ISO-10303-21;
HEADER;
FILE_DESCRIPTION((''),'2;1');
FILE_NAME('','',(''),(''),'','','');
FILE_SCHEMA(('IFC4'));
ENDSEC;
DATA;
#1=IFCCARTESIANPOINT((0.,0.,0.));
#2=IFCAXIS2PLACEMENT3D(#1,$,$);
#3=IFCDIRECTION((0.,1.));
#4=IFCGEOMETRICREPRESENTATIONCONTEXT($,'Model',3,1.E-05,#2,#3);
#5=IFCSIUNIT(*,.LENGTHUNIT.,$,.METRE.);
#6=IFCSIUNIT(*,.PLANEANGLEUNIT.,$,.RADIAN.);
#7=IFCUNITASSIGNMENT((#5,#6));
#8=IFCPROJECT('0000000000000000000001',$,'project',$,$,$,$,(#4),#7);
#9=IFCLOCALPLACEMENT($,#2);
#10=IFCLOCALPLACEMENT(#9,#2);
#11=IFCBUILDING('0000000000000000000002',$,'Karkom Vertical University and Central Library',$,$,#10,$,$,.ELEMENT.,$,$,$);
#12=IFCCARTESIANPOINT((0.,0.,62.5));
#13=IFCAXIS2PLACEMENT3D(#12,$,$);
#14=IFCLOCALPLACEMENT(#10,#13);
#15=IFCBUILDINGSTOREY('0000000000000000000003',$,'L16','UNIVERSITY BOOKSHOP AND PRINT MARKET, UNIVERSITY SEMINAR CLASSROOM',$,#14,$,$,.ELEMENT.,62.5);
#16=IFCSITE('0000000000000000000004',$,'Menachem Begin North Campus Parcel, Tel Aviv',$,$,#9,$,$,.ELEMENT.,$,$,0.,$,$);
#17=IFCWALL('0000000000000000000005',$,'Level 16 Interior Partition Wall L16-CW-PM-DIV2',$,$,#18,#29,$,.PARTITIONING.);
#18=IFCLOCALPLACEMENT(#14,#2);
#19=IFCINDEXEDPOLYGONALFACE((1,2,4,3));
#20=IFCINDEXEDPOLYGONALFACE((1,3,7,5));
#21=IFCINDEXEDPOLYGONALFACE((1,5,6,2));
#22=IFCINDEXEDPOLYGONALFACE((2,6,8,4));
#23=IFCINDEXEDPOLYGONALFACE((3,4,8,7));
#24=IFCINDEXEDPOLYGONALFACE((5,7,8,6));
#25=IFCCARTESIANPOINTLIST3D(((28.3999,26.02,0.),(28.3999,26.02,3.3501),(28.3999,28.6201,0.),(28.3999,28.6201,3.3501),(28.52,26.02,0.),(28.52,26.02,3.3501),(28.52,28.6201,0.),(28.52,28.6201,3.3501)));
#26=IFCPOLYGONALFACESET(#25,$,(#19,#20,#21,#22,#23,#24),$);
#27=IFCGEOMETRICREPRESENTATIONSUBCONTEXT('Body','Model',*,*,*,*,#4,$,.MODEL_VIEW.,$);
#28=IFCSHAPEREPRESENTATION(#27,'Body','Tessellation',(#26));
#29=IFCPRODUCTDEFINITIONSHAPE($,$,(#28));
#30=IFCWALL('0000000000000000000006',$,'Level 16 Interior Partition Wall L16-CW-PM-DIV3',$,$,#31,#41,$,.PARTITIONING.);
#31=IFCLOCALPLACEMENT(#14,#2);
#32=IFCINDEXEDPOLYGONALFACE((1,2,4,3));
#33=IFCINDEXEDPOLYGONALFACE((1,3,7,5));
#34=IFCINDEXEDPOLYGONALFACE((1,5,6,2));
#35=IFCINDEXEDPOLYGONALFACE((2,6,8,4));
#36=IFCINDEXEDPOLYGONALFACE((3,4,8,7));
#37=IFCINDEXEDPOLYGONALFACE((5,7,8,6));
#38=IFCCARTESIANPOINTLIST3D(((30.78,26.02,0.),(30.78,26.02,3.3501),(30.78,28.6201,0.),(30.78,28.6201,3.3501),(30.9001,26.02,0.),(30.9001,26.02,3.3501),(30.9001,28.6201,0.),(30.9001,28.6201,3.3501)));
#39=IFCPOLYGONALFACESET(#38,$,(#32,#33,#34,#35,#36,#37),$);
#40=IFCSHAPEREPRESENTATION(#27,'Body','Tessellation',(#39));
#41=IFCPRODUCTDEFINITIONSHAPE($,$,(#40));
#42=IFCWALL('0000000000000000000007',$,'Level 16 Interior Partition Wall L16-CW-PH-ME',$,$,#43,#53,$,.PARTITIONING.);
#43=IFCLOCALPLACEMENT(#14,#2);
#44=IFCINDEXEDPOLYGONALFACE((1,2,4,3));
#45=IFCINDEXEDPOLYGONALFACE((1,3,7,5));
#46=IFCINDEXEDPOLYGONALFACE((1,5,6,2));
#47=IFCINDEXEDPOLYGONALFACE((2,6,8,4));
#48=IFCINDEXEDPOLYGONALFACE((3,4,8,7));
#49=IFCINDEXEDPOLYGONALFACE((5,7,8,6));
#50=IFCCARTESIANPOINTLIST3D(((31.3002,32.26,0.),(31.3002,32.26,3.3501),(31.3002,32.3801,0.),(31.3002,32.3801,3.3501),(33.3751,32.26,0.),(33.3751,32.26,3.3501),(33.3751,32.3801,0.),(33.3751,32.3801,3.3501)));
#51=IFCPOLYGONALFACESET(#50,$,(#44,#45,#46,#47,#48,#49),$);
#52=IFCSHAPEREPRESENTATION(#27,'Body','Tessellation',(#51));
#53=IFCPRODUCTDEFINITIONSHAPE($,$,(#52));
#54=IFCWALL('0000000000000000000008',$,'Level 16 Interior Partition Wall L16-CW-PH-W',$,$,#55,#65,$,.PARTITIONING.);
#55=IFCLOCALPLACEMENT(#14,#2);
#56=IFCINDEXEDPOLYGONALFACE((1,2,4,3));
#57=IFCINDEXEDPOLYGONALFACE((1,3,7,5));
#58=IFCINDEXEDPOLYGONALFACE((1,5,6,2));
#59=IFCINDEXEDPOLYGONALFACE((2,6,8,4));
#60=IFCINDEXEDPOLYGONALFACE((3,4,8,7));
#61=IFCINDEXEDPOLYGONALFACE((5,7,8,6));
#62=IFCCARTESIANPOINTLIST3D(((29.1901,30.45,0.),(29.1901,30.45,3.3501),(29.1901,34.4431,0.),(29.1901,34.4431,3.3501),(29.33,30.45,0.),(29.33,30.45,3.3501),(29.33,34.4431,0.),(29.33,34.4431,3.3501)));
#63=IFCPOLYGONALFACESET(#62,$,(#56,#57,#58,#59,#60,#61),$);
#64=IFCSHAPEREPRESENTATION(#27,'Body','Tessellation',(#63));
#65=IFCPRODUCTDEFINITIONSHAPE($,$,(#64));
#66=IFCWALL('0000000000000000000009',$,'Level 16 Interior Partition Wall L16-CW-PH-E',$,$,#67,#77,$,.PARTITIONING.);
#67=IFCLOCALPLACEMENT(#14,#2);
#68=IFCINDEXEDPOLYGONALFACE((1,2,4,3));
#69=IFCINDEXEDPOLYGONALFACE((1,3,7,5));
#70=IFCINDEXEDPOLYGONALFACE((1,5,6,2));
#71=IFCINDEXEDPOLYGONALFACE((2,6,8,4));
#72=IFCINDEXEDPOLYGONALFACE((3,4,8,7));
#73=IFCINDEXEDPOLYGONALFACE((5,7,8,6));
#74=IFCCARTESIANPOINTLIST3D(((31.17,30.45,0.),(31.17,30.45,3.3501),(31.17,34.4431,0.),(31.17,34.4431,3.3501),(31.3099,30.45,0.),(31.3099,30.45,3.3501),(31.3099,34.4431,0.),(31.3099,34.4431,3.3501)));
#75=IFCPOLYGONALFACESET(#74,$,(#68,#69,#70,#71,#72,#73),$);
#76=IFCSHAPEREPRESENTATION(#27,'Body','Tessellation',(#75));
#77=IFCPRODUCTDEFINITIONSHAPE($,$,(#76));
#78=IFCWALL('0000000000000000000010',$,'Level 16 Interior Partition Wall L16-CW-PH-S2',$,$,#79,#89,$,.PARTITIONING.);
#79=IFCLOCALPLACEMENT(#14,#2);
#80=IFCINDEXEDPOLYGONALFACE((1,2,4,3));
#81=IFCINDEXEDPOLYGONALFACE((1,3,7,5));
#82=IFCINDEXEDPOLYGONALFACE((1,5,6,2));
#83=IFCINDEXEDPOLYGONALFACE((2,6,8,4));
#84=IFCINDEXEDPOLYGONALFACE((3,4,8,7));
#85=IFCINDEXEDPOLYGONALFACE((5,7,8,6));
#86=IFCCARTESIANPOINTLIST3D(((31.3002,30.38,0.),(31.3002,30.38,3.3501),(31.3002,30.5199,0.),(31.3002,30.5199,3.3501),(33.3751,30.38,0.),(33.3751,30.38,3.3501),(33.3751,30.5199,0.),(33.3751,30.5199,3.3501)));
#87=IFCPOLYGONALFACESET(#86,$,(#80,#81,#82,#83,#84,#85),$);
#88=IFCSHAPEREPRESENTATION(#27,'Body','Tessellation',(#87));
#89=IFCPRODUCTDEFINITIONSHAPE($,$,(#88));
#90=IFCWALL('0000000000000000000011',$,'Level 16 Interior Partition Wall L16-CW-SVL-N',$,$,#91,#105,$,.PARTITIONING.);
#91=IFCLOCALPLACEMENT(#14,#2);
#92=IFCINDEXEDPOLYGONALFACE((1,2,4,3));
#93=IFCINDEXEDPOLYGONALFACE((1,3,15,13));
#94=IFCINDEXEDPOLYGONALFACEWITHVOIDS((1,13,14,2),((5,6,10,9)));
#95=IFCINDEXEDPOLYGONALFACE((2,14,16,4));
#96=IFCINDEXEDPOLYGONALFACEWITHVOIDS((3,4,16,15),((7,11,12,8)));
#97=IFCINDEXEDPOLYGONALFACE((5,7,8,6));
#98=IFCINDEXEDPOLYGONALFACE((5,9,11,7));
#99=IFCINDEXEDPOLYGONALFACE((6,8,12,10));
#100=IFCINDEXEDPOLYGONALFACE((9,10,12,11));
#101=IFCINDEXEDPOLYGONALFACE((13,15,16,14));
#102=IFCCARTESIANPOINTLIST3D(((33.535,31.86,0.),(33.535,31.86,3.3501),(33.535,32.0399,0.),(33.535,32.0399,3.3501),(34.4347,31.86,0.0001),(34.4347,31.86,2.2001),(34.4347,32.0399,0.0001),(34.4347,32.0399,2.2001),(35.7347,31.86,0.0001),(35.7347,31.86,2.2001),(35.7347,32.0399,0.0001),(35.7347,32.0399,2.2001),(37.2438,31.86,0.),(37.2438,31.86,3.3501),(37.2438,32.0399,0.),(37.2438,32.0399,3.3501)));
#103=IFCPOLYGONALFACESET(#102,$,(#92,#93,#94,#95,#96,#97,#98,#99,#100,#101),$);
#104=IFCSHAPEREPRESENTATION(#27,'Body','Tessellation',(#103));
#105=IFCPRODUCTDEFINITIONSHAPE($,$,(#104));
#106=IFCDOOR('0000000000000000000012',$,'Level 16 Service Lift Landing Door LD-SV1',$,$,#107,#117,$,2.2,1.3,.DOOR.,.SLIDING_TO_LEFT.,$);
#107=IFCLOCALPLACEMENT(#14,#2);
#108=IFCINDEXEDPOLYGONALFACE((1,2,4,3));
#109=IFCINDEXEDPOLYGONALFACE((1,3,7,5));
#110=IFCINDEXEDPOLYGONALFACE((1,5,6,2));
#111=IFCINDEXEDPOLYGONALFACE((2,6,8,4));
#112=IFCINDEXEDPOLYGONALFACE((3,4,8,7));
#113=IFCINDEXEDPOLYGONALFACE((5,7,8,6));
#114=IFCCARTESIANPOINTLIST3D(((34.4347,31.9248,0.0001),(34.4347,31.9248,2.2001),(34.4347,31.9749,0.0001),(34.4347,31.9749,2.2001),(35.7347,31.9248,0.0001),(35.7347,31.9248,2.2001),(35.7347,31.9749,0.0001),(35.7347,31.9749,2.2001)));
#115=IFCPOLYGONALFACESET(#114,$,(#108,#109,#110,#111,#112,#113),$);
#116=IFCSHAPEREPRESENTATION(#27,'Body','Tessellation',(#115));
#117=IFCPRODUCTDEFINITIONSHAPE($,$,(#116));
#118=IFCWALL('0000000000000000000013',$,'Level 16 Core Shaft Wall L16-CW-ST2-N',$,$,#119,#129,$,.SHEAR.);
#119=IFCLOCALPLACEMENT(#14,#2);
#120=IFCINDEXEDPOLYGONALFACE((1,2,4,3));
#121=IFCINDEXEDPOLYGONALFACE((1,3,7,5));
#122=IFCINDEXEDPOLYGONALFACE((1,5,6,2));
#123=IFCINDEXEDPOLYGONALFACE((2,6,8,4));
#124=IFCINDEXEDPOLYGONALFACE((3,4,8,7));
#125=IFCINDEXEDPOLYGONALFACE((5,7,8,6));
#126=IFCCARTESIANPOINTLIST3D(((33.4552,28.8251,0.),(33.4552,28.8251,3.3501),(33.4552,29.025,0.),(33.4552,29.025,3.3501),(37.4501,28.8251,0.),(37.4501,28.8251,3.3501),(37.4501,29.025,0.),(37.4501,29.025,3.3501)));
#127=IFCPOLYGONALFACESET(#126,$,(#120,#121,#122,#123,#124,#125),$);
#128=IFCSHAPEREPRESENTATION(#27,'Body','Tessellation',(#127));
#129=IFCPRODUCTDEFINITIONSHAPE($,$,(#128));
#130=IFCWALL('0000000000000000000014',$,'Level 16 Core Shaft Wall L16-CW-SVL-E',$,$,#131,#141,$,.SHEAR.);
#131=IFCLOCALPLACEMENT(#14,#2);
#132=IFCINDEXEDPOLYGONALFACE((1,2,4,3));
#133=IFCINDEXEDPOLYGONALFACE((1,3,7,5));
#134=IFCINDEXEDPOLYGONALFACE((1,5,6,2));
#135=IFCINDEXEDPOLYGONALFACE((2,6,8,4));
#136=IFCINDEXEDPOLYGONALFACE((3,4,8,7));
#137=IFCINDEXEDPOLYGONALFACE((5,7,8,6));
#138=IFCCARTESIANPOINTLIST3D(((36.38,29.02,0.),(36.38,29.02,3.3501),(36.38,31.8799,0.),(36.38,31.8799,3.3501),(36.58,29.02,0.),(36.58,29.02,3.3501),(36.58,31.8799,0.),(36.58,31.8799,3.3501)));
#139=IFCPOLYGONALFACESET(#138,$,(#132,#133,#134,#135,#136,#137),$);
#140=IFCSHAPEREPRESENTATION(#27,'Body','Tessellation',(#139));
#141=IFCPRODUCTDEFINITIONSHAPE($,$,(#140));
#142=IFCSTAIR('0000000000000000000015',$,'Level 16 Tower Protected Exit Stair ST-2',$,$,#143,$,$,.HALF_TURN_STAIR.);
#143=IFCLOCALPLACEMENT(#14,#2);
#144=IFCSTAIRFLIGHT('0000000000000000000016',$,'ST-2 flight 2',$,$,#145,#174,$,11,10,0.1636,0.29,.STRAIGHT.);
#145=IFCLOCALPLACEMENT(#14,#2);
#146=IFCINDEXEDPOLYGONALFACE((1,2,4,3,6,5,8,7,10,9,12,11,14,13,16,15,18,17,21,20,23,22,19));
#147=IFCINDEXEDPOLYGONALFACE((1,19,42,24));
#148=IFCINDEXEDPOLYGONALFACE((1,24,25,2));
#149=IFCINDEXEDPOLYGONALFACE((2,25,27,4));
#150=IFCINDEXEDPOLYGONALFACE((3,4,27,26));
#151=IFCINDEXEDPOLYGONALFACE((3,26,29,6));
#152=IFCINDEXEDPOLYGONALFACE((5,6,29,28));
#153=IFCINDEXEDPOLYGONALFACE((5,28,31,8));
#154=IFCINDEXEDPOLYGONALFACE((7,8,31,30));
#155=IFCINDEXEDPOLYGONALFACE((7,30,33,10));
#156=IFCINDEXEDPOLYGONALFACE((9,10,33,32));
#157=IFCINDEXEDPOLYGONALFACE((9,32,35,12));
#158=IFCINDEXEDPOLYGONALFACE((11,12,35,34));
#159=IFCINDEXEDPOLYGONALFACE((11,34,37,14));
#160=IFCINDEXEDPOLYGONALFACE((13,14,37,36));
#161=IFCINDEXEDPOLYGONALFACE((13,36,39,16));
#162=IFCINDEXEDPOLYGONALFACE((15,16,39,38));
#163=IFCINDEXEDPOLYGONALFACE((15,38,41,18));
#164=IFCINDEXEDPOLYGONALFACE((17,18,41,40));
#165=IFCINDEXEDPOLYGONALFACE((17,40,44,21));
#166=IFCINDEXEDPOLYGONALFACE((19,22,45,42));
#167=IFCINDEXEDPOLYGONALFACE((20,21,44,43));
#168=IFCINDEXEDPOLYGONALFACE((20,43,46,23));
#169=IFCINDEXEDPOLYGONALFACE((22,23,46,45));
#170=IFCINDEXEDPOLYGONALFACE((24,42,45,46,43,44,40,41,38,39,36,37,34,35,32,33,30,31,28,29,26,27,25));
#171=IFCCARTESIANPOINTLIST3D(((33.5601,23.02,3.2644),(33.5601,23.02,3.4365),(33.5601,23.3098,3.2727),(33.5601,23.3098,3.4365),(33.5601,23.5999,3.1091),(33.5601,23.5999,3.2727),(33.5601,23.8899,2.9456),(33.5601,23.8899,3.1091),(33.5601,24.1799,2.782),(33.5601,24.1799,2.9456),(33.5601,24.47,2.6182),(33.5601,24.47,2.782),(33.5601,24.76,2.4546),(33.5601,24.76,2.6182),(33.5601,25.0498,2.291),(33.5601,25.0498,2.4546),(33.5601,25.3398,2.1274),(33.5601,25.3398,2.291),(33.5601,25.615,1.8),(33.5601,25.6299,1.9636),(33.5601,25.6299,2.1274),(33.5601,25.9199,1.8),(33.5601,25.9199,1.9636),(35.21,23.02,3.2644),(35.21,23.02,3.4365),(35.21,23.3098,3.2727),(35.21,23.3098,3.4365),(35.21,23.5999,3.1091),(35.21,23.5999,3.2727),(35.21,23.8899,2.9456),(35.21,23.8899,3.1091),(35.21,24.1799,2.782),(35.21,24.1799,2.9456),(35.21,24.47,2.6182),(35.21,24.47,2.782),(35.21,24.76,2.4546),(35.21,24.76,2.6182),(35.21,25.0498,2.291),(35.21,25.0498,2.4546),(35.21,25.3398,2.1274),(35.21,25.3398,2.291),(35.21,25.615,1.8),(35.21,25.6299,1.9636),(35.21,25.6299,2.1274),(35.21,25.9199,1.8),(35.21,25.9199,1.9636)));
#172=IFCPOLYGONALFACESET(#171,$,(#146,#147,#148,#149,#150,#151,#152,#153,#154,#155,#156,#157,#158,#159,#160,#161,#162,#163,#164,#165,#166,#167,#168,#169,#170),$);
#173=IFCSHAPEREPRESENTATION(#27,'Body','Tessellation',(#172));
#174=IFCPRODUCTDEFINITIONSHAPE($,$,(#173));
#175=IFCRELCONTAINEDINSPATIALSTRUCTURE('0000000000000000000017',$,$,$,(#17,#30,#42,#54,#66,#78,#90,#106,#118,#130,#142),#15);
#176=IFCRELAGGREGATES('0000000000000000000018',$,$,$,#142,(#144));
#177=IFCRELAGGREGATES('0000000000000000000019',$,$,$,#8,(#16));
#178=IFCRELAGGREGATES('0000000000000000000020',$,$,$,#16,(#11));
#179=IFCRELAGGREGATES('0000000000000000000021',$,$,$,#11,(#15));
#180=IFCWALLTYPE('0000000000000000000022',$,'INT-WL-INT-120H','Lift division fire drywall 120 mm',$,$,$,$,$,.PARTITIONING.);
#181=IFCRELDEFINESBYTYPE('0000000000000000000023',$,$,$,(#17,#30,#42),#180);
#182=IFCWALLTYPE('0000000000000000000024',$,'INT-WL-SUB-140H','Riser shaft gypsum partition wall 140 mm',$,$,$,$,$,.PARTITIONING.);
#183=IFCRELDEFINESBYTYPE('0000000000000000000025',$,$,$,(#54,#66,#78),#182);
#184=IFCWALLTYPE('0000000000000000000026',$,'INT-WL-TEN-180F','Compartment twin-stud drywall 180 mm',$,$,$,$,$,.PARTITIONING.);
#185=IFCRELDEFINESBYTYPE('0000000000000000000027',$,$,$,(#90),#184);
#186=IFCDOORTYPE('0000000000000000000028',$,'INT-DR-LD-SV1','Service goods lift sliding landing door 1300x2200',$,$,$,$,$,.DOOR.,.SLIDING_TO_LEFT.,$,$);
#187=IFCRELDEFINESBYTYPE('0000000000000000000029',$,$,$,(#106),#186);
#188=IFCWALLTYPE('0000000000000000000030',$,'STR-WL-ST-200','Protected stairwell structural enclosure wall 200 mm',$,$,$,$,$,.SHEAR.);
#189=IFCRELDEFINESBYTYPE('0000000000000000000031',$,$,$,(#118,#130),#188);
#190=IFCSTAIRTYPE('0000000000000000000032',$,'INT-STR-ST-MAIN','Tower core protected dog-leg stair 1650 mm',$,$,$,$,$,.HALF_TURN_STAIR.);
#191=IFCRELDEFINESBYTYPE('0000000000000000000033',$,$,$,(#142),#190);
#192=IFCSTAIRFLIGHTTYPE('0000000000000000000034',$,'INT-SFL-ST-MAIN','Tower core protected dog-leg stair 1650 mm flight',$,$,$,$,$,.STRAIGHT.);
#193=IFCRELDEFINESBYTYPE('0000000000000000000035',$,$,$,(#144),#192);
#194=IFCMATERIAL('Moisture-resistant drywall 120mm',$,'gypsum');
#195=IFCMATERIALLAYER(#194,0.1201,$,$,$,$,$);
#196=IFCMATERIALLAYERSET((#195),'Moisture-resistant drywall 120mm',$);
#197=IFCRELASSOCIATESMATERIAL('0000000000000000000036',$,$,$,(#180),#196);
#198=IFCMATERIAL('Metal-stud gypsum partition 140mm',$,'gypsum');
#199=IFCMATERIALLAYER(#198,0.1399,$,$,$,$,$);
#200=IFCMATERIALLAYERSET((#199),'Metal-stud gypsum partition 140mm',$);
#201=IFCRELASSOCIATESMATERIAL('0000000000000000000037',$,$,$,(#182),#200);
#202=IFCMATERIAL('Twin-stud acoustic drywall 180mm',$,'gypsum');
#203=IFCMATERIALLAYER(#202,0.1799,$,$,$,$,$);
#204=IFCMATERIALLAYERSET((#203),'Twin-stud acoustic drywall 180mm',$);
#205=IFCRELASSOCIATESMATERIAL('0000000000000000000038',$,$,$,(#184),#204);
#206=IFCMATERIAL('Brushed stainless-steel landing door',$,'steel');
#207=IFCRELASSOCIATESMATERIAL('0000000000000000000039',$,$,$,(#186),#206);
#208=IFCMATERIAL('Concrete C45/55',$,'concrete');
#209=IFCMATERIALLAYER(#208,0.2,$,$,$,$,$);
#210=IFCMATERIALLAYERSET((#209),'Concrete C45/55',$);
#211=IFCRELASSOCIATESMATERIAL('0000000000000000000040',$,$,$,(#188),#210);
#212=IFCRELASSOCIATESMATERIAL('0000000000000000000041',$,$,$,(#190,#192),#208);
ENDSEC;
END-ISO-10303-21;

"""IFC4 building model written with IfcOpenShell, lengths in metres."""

from ifc_helpers import new_model, si_unit, direction, frame, frame_2d, origin, origin_with_axes, place, context, subcontext, project, spatial, polyline, rectangle, outline, extrude, source, transform, mapped, material, layer, layer_set, type_object, element, fill, aggregate, save


model = new_model("IFC4")

# Units and contexts
model_context = context("Model", 3, precision=1e-05, world=origin(), true_north=direction((0.0, 1.0)))
body_context = subcontext(model_context, "Body", "Model", "MODEL_VIEW")
ifc_project = project(units=[si_unit("LENGTHUNIT", "METRE"), si_unit("PLANEANGLEUNIT", "RADIAN")], contexts=[model_context])

# Site, building, storey
site_placement = place(None, origin())
site = spatial("IfcSite", under=ifc_project, at=site_placement, Name="Menachem Begin North Campus Parcel, Tel Aviv", CompositionType="ELEMENT", RefElevation=0.0)
building_placement = place(site_placement, origin())
building = spatial("IfcBuilding", under=site, at=building_placement, Name="Karkom Vertical University and Central Library", CompositionType="ELEMENT")
storey_placement = place(building_placement, frame((0.0, 0.0, 62.5)))
storey = spatial("IfcBuildingStorey", under=building, at=storey_placement, Name="L16", Description="UNIVERSITY BOOKSHOP AND PRINT MARKET, UNIVERSITY SEMINAR CLASSROOM", CompositionType="ELEMENT", Elevation=62.5)

# Walls
ifc_material_1 = material(Name="Moisture-resistant drywall 120mm", Category="gypsum")
ifc_layer_1 = layer(ifc_material_1, 0.1201)
ifc_layer_set_1 = layer_set([ifc_layer_1], Name="Moisture-resistant drywall 120mm")
wall_type_1 = type_object("IfcWallType", Name="INT-WL-INT-120H", Description="Lift division fire drywall 120 mm", PredefinedType="PARTITIONING", material=ifc_layer_set_1)
for number, where, z_axis, x_axis, name in (
    (1, (28.46, 26.02, 0.0), (0.0, 0.0, 1.0), (0.0, 1.0, 0.0), "Level 16 Interior Partition Wall L16-CW-PM-DIV2"),
    (2, (30.8401, 26.02, 0.0), (0.0, 0.0, 1.0), (0.0, 1.0, 0.0), "Level 16 Interior Partition Wall L16-CW-PM-DIV3"),
):
    element("IfcWall", number, at=place(storey_placement, frame(where, z_axis=z_axis, x_axis=x_axis)), inside=storey, type_object=wall_type_1, Name=name, PredefinedType="PARTITIONING", context=body_context, shape_type="SweptSolid", body=[
        extrude(rectangle(XDim=2.6001, YDim=0.1201, at=frame_2d((1.3, 0.0))), origin(), (0.0, 0.0, 1.0), 3.3501),
    ])
wall_1_placement = place(storey_placement, frame((31.3, 32.3201, 0.0), z_axis=(0.0, 0.0, 1.0), x_axis=(1.0, 0.0, 0.0)))
element("IfcWall", 3, at=wall_1_placement, inside=storey, type_object=wall_type_1, Name="Level 16 Interior Partition Wall L16-CW-PH-ME", PredefinedType="PARTITIONING", context=body_context, shape_type="SweptSolid", body=[
    extrude(rectangle(XDim=2.075, YDim=0.1201, at=frame_2d((1.0376, 0.0))), origin(), (0.0, 0.0, 1.0), 3.3501),
])
ifc_material_2 = material(Name="Metal-stud gypsum partition 140mm", Category="gypsum")
ifc_layer_2 = layer(ifc_material_2, 0.1399)
ifc_layer_set_2 = layer_set([ifc_layer_2], Name="Metal-stud gypsum partition 140mm")
wall_type_2 = type_object("IfcWallType", Name="INT-WL-SUB-140H", Description="Riser shaft gypsum partition wall 140 mm", PredefinedType="PARTITIONING", material=ifc_layer_set_2)
for number, where, z_axis, x_axis, name in (
    (4, (29.26, 30.45, 0.0), (0.0, 0.0, 1.0), (0.0, 1.0, 0.0), "Level 16 Interior Partition Wall L16-CW-PH-W"),
    (5, (31.24, 30.45, 0.0), (0.0, 0.0, 1.0), (0.0, 1.0, 0.0), "Level 16 Interior Partition Wall L16-CW-PH-E"),
):
    element("IfcWall", number, at=place(storey_placement, frame(where, z_axis=z_axis, x_axis=x_axis)), inside=storey, type_object=wall_type_2, Name=name, PredefinedType="PARTITIONING", context=body_context, shape_type="SweptSolid", body=[
        extrude(rectangle(XDim=3.9932, YDim=0.1399, at=frame_2d((1.9966, 0.0))), origin(), (0.0, 0.0, 1.0), 3.3501),
    ])
wall_2_placement = place(storey_placement, frame((31.3, 30.45, 0.0), z_axis=(0.0, 0.0, 1.0), x_axis=(1.0, 0.0, 0.0)))
element("IfcWall", 6, at=wall_2_placement, inside=storey, type_object=wall_type_2, Name="Level 16 Interior Partition Wall L16-CW-PH-S2", PredefinedType="PARTITIONING", context=body_context, shape_type="SweptSolid", body=[
    extrude(rectangle(XDim=2.075, YDim=0.1399, at=frame_2d((1.0376, 0.0))), origin(), (0.0, 0.0, 1.0), 3.3501),
])

# Wall, opening, door
ifc_material_3 = material(Name="Twin-stud acoustic drywall 180mm", Category="gypsum")
ifc_layer_3 = layer(ifc_material_3, 0.1799)
ifc_layer_set_3 = layer_set([ifc_layer_3], Name="Twin-stud acoustic drywall 180mm")
wall_type_3 = type_object("IfcWallType", Name="INT-WL-TEN-180F", Description="Compartment twin-stud drywall 180 mm", PredefinedType="PARTITIONING", material=ifc_layer_set_3)
wall_3_placement = place(storey_placement, frame((33.5349, 31.95, 0.0), z_axis=(0.0, 0.0, 1.0), x_axis=(1.0, 0.0, 0.0)))
wall_3 = element("IfcWall", 7, at=wall_3_placement, inside=storey, type_object=wall_type_3, Name="Level 16 Interior Partition Wall L16-CW-SVL-N", PredefinedType="PARTITIONING", context=body_context, shape_type="SweptSolid", body=[
    extrude(rectangle(XDim=3.7087, YDim=0.1799, at=frame_2d((1.8545, 0.0))), origin(), (0.0, 0.0, 1.0), 3.3501),
])
opening_1_placement = place(wall_3_placement, frame((0.8999, 0.0, 0.0)))
opening_1 = element("IfcOpeningElement", 8, at=opening_1_placement, cuts=wall_3, PredefinedType="OPENING", context=body_context, shape_type="SweptSolid", body=[
    extrude(rectangle(XDim=1.3, YDim=2.2, at=frame_2d((0.6499, 1.1001))), frame((0.0, 0.1001, 0.0), z_axis=(0.0, -1.0, 0.0), x_axis=(1.0, 0.0, 0.0)), (0.0, 0.0, 1.0), 0.2),
])
ifc_material_4 = material(Name="Brushed stainless-steel landing door", Category="steel")
door_type_1 = type_object("IfcDoorType", Name="INT-DR-LD-SV1", Description="Service goods lift sliding landing door 1300x2200", OperationType="SLIDING_TO_LEFT", PredefinedType="DOOR", material=ifc_material_4)
shared_shape_1 = source(origin_with_axes(), body_context, "Body", "SweptSolid", [
    extrude(rectangle(XDim=1.3, YDim=2.2, at=frame_2d((0.6499, 1.1001))), frame((0.0, 0.0249, 0.0), z_axis=(0.0, -1.0, 0.0), x_axis=(1.0, 0.0, 0.0)), (0.0, 0.0, 1.0), 0.05),
])
door_1_placement = place(opening_1_placement, origin())
door_1 = element("IfcDoor", 9, at=door_1_placement, inside=storey, type_object=door_type_1, Name="Level 16 Service Lift Landing Door LD-SV1", OperationType="SLIDING_TO_LEFT", OverallHeight=2.2, OverallWidth=1.3, PredefinedType="DOOR", context=body_context, shape_type="MappedRepresentation", body=[
    mapped(shared_shape_1, transform((0.0, 0.0, 0.0), scale=1.0)),
])
fill(opening_1, door_1)

# Walls
ifc_material_5 = material(Name="Concrete C45/55", Category="concrete")
ifc_layer_4 = layer(ifc_material_5, 0.2)
ifc_layer_set_4 = layer_set([ifc_layer_4], Name="Concrete C45/55")
wall_type_4 = type_object("IfcWallType", Name="STR-WL-ST-200", Description="Protected stairwell structural enclosure wall 200 mm", PredefinedType="SHEAR", material=ifc_layer_set_4)
wall_4_placement = place(storey_placement, frame((33.4551, 28.925, 0.0), z_axis=(0.0, 0.0, 1.0), x_axis=(1.0, 0.0, 0.0)))
element("IfcWall", 10, at=wall_4_placement, inside=storey, type_object=wall_type_4, Name="Level 16 Core Shaft Wall L16-CW-ST2-N", PredefinedType="SHEAR", context=body_context, shape_type="SweptSolid", body=[
    extrude(rectangle(XDim=3.9949, YDim=0.2, at=frame_2d((1.9976, 0.0))), origin(), (0.0, 0.0, 1.0), 3.3501),
])
wall_5_placement = place(storey_placement, frame((36.48, 29.02, 0.0), z_axis=(0.0, 0.0, 1.0), x_axis=(0.0, 1.0, 0.0)))
element("IfcWall", 11, at=wall_5_placement, inside=storey, type_object=wall_type_4, Name="Level 16 Core Shaft Wall L16-CW-SVL-E", PredefinedType="SHEAR", context=body_context, shape_type="SweptSolid", body=[
    extrude(rectangle(XDim=2.8599, YDim=0.2, at=frame_2d((1.4299, 0.0))), origin(), (0.0, 0.0, 1.0), 3.3501),
])

# Stair, stair flight
stair_type = type_object("IfcStairType", Name="INT-STR-ST-MAIN", Description="Tower core protected dog-leg stair 1650 mm", PredefinedType="HALF_TURN_STAIR", material=ifc_material_5)
stair_placement = place(storey_placement, origin())
stair = element("IfcStair", 12, at=stair_placement, inside=storey, type_object=stair_type, Name="Level 16 Tower Protected Exit Stair ST-2", PredefinedType="HALF_TURN_STAIR")
stair_flight_type = type_object("IfcStairFlightType", Name="INT-SFL-ST-MAIN", Description="Tower core protected dog-leg stair 1650 mm flight", PredefinedType="STRAIGHT", material=ifc_material_5)
stair_flight_placement = place(storey_placement, frame((34.385, 25.9199, 1.8), z_axis=(0.0, 0.0, 1.0), x_axis=(0.0, -1.0, 0.0)))
stair_flight = element("IfcStairFlight", 13, at=stair_flight_placement, type_object=stair_flight_type, Name="ST-2 flight 2", NumberOfRisers=11, NumberOfTreads=10, PredefinedType="STRAIGHT", RiserHeight=0.1636, TreadLength=0.29, context=body_context, shape_type="SweptSolid", body=[
    extrude(outline(polyline([(0.0, 0.0), (0.0, 0.1636), (0.29, 0.1636), (0.29, 0.3274), (0.5801, 0.3274), (0.5801, 0.491), (0.8701, 0.491), (0.8701, 0.6545), (1.1599, 0.6545), (1.1599, 0.8181), (1.45, 0.8181), (1.45, 0.9819), (1.74, 0.9819), (1.74, 1.1455), (2.03, 1.1455), (2.03, 1.3091), (2.3201, 1.3091), (2.3201, 1.4727), (2.6101, 1.4727), (2.6101, 1.6365), (2.8999, 1.6365), (2.8999, 1.8), (2.8999, 1.4644), (0.3049, 0.0), (0.0, 0.0)])), frame((0.0, 0.825, 0.0), z_axis=(0.0, -1.0, 0.0), x_axis=(1.0, 0.0, 0.0)), (0.0, 0.0, 1.0), 1.6499),
])
aggregate(stair, [stair_flight])

save(model, "model.ifc")
